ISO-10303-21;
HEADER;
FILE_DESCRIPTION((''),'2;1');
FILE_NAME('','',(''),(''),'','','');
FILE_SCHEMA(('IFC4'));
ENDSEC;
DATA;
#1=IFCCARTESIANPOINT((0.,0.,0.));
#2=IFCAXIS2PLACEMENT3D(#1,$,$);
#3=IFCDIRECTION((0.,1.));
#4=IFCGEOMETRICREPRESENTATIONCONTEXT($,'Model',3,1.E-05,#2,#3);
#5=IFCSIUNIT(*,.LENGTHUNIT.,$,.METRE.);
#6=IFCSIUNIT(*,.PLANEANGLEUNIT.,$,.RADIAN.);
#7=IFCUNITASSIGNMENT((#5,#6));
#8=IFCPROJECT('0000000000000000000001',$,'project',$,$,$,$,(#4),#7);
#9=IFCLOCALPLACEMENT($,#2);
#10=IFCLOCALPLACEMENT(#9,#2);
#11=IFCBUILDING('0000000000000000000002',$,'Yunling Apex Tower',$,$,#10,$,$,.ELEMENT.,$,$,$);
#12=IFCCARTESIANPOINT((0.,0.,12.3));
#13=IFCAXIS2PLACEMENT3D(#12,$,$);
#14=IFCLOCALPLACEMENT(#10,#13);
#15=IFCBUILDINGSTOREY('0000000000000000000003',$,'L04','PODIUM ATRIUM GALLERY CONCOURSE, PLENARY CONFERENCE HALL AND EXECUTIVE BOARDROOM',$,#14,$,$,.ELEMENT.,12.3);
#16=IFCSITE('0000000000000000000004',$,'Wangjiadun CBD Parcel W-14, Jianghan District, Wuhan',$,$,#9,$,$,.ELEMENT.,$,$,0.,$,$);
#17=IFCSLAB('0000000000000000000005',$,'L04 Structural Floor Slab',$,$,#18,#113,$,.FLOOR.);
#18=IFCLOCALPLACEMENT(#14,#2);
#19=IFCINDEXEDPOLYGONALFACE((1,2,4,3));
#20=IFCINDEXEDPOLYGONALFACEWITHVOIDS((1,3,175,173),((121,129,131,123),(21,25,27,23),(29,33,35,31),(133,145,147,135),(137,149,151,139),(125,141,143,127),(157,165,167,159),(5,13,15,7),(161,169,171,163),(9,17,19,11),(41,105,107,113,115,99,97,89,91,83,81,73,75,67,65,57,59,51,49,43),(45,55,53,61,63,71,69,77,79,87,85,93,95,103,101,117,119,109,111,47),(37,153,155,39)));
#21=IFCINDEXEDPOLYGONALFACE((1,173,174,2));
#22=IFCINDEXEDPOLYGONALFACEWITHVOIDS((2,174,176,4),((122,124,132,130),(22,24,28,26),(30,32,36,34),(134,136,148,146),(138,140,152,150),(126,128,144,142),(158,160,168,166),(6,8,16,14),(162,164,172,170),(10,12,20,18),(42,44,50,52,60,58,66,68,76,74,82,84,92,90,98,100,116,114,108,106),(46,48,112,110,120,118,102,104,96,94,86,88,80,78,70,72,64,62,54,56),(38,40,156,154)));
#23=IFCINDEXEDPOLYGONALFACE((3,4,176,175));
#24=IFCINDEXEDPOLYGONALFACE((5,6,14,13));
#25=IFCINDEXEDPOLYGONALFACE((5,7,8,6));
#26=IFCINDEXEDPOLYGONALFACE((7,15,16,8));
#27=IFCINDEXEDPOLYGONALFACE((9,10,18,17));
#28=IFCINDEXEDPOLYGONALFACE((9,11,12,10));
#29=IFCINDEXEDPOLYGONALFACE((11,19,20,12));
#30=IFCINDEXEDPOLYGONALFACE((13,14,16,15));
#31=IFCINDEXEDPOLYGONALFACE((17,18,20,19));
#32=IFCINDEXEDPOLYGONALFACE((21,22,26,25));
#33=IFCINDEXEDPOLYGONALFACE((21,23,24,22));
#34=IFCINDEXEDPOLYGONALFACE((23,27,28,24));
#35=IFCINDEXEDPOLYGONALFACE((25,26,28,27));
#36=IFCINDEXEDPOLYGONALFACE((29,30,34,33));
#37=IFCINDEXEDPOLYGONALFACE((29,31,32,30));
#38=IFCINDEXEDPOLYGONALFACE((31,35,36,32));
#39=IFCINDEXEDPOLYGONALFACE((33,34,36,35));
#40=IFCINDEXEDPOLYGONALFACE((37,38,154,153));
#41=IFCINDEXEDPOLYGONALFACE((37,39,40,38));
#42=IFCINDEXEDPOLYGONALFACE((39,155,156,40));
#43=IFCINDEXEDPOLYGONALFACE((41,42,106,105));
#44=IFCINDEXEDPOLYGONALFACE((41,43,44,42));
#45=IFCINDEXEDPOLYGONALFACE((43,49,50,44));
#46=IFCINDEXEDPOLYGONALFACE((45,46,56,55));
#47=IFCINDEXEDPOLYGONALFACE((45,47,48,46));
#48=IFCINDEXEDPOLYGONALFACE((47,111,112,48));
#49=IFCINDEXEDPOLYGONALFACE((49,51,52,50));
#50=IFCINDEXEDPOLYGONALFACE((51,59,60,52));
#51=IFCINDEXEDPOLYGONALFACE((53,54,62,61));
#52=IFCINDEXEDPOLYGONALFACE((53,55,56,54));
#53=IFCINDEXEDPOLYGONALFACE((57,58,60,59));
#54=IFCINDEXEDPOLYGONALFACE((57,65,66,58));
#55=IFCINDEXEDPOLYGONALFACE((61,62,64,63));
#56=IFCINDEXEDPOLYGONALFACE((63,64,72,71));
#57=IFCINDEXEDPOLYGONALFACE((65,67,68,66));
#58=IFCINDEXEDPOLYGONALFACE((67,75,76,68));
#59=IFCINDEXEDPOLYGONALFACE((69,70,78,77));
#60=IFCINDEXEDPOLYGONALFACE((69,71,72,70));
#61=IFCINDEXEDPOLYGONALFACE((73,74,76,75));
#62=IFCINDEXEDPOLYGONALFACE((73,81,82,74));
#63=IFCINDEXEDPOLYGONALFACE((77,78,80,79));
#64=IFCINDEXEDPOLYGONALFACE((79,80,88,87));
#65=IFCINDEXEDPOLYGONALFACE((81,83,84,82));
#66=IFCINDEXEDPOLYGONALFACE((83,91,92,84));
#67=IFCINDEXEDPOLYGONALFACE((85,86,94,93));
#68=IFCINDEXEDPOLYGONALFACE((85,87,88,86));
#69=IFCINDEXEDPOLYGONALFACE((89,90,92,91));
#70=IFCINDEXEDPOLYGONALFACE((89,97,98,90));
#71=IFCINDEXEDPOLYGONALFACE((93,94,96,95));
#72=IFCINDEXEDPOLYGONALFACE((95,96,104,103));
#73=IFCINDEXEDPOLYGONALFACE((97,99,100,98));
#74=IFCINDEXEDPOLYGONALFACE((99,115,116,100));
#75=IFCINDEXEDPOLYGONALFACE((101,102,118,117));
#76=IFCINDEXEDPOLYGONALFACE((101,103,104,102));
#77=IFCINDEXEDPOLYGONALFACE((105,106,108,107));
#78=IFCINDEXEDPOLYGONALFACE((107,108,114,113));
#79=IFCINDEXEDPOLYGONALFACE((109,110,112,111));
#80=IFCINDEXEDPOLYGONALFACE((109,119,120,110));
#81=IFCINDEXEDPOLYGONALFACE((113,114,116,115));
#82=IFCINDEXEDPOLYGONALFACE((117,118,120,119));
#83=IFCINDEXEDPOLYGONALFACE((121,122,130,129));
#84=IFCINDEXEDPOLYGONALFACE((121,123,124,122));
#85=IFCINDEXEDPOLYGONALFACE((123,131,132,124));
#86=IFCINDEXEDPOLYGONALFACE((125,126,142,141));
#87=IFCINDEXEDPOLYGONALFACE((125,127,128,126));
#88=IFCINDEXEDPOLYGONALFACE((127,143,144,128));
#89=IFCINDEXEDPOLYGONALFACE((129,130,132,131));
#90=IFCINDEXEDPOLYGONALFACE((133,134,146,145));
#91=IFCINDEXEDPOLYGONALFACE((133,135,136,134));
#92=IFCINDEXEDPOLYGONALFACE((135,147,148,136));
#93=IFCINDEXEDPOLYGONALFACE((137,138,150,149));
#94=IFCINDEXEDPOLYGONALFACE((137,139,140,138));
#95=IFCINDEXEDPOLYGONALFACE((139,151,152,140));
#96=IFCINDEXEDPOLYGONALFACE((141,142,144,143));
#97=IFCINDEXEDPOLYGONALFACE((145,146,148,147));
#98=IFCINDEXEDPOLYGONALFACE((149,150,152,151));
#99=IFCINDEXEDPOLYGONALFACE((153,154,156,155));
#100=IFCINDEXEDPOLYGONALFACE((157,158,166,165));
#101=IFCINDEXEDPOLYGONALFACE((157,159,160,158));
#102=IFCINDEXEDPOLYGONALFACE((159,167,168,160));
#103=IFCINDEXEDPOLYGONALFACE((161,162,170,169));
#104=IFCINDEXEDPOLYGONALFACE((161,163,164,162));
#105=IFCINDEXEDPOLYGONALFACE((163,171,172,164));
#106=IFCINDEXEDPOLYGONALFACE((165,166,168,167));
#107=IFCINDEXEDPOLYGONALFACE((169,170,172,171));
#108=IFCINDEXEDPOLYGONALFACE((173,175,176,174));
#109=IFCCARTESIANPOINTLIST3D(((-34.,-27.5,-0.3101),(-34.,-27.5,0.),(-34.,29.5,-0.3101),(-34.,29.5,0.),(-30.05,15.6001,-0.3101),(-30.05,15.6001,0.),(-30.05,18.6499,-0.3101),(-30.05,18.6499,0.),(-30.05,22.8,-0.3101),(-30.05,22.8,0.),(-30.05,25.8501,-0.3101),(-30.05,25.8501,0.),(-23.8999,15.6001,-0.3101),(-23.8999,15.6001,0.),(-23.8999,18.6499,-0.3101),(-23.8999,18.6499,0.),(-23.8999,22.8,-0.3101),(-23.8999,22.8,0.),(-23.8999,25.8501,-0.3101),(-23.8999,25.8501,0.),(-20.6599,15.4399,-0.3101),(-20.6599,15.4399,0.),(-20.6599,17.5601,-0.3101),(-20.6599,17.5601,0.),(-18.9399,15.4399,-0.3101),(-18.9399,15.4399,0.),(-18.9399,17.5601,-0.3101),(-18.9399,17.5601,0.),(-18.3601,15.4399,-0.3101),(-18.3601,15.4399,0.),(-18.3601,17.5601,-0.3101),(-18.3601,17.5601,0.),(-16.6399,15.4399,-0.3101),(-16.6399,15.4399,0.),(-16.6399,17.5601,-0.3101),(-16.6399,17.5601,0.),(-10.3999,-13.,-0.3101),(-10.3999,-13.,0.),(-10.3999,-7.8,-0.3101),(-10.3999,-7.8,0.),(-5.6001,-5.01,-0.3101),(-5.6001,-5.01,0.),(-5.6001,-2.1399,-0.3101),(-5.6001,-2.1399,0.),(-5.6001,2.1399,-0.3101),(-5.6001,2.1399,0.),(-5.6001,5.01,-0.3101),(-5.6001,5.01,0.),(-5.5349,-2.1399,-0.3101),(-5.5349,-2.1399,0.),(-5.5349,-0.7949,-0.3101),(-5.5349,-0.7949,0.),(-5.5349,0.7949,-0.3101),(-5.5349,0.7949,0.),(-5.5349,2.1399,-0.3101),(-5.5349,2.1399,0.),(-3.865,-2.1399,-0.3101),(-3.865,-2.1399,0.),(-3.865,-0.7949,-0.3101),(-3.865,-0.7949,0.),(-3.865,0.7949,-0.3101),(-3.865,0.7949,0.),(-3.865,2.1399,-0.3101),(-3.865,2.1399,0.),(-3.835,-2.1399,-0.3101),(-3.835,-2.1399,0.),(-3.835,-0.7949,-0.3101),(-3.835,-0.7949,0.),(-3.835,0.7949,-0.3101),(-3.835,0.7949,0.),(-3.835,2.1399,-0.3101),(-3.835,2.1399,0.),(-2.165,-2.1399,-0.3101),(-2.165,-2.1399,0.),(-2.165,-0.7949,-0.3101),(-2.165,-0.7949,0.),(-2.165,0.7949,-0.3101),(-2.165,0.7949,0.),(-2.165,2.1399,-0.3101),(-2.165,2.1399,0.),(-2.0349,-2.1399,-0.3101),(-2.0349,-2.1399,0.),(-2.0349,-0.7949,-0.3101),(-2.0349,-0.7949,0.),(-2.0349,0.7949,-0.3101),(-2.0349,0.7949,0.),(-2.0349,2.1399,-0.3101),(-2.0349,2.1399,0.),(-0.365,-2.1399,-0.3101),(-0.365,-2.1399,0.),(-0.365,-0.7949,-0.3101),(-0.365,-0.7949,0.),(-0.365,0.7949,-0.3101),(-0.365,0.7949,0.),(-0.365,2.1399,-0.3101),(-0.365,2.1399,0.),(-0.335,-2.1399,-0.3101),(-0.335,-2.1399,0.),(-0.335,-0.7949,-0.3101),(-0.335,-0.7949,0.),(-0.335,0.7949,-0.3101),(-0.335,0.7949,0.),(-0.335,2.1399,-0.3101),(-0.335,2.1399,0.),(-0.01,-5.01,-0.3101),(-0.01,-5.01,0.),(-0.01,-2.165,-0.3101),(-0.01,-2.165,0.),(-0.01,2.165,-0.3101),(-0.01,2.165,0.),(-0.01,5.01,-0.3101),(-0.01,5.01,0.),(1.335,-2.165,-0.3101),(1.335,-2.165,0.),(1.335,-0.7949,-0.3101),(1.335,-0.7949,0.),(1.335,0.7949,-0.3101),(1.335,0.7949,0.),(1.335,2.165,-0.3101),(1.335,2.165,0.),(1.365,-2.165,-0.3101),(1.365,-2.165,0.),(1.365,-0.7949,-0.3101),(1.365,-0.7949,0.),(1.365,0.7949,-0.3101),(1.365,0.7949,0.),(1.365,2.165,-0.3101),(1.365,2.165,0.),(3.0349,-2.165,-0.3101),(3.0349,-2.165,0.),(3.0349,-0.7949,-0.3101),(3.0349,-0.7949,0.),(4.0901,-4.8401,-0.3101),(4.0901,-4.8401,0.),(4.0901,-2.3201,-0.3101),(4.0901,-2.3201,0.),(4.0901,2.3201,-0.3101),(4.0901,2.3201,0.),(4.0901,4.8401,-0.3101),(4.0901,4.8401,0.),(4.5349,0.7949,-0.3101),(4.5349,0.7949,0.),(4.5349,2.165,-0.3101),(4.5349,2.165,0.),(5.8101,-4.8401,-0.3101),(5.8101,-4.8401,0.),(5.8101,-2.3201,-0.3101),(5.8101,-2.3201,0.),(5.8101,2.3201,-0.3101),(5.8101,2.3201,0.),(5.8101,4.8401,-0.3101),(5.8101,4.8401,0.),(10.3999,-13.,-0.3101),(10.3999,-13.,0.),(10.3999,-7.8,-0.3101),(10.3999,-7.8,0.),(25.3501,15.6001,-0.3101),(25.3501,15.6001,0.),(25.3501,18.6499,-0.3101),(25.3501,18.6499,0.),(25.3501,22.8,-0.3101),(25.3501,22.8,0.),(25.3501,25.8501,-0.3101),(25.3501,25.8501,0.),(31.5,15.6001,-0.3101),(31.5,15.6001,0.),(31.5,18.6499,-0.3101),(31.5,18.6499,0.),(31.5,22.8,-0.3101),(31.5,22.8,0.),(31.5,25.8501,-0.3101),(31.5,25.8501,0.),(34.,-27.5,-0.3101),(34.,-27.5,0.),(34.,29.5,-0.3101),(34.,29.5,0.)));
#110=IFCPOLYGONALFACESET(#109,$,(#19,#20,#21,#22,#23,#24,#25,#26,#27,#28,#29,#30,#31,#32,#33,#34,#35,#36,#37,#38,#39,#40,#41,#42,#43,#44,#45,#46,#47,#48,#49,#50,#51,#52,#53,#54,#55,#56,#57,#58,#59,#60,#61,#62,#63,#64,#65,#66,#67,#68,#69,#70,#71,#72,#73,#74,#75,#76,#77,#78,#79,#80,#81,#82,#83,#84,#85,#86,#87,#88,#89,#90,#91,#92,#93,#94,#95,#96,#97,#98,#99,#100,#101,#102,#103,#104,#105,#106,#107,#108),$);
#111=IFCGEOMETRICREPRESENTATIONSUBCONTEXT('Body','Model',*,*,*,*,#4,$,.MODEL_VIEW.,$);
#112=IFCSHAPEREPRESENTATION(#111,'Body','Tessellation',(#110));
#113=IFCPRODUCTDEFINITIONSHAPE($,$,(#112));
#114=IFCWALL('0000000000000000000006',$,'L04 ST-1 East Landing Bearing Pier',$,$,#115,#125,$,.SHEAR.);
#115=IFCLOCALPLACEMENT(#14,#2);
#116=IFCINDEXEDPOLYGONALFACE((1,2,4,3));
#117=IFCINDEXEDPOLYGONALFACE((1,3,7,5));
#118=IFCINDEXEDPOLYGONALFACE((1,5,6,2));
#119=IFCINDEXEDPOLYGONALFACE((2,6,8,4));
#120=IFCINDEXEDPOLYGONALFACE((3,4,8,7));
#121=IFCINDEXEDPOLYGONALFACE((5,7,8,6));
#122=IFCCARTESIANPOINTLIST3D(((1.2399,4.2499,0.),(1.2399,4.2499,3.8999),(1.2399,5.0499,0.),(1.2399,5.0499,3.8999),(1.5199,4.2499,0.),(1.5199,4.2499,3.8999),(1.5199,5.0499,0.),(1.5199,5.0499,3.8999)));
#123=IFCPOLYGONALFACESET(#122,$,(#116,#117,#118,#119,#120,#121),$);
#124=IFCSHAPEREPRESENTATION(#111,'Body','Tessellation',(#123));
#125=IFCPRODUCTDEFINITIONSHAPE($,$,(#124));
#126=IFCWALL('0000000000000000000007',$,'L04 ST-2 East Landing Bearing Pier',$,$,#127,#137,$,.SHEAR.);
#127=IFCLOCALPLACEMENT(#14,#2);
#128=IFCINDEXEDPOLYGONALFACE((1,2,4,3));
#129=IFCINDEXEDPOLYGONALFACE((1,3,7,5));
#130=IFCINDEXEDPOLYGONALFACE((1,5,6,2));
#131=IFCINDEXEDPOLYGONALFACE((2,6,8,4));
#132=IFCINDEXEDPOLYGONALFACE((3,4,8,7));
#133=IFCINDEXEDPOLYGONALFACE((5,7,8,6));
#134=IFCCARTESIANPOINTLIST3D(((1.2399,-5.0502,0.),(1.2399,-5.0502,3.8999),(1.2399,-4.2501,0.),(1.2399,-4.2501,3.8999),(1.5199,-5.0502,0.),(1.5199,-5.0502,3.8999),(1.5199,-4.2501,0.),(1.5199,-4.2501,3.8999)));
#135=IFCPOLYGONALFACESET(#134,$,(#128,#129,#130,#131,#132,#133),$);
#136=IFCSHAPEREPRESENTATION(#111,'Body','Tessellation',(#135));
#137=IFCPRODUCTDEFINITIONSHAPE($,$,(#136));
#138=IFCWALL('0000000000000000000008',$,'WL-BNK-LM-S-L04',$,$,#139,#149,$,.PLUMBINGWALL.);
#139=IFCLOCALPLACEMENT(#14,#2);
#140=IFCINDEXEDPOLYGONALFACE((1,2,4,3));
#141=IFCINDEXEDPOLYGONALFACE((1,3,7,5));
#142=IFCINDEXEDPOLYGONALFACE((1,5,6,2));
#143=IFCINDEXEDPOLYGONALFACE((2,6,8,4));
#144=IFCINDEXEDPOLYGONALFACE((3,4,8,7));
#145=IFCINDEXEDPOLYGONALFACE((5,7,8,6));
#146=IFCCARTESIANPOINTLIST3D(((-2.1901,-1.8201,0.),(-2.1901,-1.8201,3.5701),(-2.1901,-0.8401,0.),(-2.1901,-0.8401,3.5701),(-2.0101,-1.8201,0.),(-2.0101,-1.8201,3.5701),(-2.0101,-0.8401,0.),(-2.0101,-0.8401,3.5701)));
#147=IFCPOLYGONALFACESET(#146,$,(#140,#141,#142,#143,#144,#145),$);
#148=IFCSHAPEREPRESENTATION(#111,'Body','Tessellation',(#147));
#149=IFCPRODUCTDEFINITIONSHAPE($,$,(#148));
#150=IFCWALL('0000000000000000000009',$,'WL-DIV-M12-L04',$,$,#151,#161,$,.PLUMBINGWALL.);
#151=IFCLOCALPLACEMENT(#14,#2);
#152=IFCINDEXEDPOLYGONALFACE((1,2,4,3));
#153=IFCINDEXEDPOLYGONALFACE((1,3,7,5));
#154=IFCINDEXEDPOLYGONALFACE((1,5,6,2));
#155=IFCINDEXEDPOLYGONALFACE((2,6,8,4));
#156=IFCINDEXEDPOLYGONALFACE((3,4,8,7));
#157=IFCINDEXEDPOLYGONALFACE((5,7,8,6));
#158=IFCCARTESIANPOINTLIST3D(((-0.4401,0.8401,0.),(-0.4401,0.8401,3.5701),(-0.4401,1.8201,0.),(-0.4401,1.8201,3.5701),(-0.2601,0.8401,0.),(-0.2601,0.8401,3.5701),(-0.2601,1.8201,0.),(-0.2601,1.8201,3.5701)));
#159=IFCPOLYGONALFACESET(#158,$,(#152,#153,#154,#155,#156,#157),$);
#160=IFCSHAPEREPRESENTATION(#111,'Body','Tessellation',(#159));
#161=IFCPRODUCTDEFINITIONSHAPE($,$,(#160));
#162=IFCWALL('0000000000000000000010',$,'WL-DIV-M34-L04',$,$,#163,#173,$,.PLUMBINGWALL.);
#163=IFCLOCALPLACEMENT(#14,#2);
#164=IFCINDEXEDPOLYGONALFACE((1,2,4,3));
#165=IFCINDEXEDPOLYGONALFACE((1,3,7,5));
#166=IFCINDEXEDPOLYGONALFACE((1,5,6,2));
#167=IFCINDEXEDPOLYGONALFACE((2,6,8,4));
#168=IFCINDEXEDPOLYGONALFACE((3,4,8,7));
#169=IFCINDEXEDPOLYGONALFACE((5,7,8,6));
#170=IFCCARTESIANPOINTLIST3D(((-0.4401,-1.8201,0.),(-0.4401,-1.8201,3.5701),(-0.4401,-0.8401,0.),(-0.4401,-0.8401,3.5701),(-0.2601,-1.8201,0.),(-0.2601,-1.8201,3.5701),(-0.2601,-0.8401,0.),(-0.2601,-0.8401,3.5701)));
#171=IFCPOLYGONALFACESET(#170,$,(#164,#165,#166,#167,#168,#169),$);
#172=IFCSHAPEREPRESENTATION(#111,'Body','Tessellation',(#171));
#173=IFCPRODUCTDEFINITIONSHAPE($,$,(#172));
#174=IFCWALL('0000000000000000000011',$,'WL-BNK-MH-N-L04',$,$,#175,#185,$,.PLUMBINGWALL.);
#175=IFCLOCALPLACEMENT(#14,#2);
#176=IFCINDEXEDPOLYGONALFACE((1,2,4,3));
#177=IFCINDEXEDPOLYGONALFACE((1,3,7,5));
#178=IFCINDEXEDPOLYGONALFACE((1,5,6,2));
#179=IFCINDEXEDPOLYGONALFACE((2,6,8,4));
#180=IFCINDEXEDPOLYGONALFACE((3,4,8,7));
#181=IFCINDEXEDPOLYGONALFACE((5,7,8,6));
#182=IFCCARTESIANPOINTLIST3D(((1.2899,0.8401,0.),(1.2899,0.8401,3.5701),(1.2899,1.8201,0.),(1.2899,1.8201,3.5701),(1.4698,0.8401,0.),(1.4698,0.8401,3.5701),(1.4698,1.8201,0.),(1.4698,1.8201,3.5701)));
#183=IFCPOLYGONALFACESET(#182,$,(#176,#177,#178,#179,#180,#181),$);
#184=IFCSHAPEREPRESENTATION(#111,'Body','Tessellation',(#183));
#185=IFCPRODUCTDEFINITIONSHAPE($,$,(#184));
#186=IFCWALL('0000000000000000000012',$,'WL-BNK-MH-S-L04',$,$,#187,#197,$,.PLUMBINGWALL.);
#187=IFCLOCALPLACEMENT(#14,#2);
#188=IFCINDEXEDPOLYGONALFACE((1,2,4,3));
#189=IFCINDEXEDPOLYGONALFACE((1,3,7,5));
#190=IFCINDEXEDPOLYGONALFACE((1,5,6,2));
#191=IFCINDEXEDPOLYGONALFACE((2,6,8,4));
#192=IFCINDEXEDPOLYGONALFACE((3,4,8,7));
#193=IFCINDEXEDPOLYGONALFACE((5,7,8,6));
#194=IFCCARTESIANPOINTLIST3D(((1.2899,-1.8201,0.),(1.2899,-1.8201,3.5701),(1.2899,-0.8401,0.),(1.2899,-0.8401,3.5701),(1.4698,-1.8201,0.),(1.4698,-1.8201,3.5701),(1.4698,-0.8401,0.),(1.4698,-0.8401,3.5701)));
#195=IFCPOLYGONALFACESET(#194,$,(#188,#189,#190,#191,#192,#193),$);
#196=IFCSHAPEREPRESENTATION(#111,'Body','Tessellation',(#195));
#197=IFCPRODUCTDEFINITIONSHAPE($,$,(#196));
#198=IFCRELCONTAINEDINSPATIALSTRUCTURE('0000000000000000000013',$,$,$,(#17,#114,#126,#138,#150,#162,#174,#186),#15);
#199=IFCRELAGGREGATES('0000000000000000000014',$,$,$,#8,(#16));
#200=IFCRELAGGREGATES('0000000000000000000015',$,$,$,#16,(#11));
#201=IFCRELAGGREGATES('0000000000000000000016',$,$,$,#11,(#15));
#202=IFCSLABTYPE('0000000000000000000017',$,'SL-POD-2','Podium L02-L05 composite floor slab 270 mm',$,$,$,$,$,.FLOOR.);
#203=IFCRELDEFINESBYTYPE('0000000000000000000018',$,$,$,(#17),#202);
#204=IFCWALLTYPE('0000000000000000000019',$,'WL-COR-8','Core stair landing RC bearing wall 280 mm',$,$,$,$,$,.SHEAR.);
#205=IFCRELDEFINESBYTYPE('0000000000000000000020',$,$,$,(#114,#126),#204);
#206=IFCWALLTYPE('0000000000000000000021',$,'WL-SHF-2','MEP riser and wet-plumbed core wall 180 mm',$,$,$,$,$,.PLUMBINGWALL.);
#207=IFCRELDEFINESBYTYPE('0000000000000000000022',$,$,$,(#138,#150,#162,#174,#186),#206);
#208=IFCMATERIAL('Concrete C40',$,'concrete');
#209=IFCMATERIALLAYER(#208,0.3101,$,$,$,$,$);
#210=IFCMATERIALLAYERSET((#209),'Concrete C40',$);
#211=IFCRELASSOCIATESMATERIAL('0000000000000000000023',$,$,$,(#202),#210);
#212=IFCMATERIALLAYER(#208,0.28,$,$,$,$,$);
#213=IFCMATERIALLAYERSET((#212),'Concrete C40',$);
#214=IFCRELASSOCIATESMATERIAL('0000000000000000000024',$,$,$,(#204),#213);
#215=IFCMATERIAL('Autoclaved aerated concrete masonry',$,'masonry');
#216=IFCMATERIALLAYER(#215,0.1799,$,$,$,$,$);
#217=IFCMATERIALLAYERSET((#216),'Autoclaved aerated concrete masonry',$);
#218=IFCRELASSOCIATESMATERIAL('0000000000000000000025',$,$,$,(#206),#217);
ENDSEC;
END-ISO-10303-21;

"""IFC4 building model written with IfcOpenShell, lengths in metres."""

from ifc_helpers import new_model, si_unit, direction, frame, frame_2d, origin, place, context, subcontext, project, spatial, polyline, rectangle, outline, extrude, material, layer, layer_set, type_object, element, save


model = new_model("IFC4")

# Units and contexts
model_context = context("Model", 3, precision=1e-05, world=origin(), true_north=direction((0.0, 1.0)))
body_context = subcontext(model_context, "Body", "Model", "MODEL_VIEW")
ifc_project = project(units=[si_unit("LENGTHUNIT", "METRE"), si_unit("PLANEANGLEUNIT", "RADIAN")], contexts=[model_context])

# Site, building, storey
site_placement = place(None, origin())
site = spatial("IfcSite", under=ifc_project, at=site_placement, Name="Wangjiadun CBD Parcel W-14, Jianghan District, Wuhan", CompositionType="ELEMENT", RefElevation=0.0)
building_placement = place(site_placement, origin())
building = spatial("IfcBuilding", under=site, at=building_placement, Name="Yunling Apex Tower", CompositionType="ELEMENT")
storey_placement = place(building_placement, frame((0.0, 0.0, 12.3)))
storey = spatial("IfcBuildingStorey", under=building, at=storey_placement, Name="L04", Description="PODIUM ATRIUM GALLERY CONCOURSE, PLENARY CONFERENCE HALL AND EXECUTIVE BOARDROOM", CompositionType="ELEMENT", Elevation=12.3)

# Shared definitions
ifc_material_1 = material(Name="Concrete C40", Category="concrete")

# Slab
ifc_layer_1 = layer(ifc_material_1, 0.3101)
ifc_layer_set_1 = layer_set([ifc_layer_1], Name="Concrete C40")
slab_type_1 = type_object("IfcSlabType", Name="SL-POD-2", Description="Podium L02-L05 composite floor slab 270 mm", PredefinedType="FLOOR", material=ifc_layer_set_1)
slab_1_placement = place(storey_placement, frame((0.0, 0.0, -0.3101)))
element("IfcSlab", 1, at=slab_1_placement, inside=storey, type_object=slab_type_1, Name="L04 Structural Floor Slab", PredefinedType="FLOOR", context=body_context, shape_type="SweptSolid", body=[
    extrude(outline(polyline([(-34.0, -27.5), (34.0, -27.5), (34.0, 29.5), (-34.0, 29.5), (-34.0, -27.5)]), holes=[polyline([(31.5, 15.6001), (25.3501, 15.6001), (25.3501, 18.6499), (31.5, 18.6499), (31.5, 15.6001)]), polyline([(31.5, 22.8), (25.3501, 22.8), (25.3501, 25.8501), (31.5, 25.8501), (31.5, 22.8)]), polyline([(10.3999, -7.8), (10.3999, -13.0), (-10.3999, -13.0), (-10.3999, -7.8), (10.3999, -7.8)]), polyline([(5.8101, -2.3201), (5.8101, -4.8401), (4.0901, -4.8401), (4.0901, -2.3201), (5.8101, -2.3201)]), polyline([(5.8101, 4.8401), (5.8101, 2.3201), (4.0901, 2.3201), (4.0901, 4.8401), (5.8101, 4.8401)]), polyline([(4.5349, 0.7949), (1.365, 0.7949), (1.365, 2.165), (4.5349, 2.165), (4.5349, 0.7949)]), polyline([(3.0349, -2.165), (1.365, -2.165), (1.365, -0.7949), (3.0349, -0.7949), (3.0349, -2.165)]), polyline([(-5.6001, 5.01), (-0.01, 5.01), (-0.01, 2.165), (1.335, 2.165), (1.335, 0.7949), (-0.335, 0.7949), (-0.335, 2.1399), (-0.365, 2.1399), (-0.365, 0.7949), (-2.0349, 0.7949), (-2.0349, 2.1399), (-2.165, 2.1399), (-2.165, 0.7949), (-3.835, 0.7949), (-3.835, 2.1399), (-3.865, 2.1399), (-3.865, 0.7949), (-5.5349, 0.7949), (-5.5349, 2.1399), (-5.6001, 2.1399), (-5.6001, 5.01)]), polyline([(-3.865, -0.7949), (-3.865, -2.1399), (-3.835, -2.1399), (-3.835, -0.7949), (-2.165, -0.7949), (-2.165, -2.1399), (-2.0349, -2.1399), (-2.0349, -0.7949), (-0.365, -0.7949), (-0.365, -2.1399), (-0.335, -2.1399), (-0.335, -0.7949), (1.335, -0.7949), (1.335, -2.165), (-0.01, -2.165), (-0.01, -5.01), (-5.6001, -5.01), (-5.6001, -2.1399), (-5.5349, -2.1399), (-5.5349, -0.7949), (-3.865, -0.7949)]), polyline([(-16.6399, 17.5601), (-16.6399, 15.4399), (-18.3601, 15.4399), (-18.3601, 17.5601), (-16.6399, 17.5601)]), polyline([(-18.9399, 15.4399), (-20.6599, 15.4399), (-20.6599, 17.5601), (-18.9399, 17.5601), (-18.9399, 15.4399)]), polyline([(-23.8999, 15.6001), (-30.05, 15.6001), (-30.05, 18.6499), (-23.8999, 18.6499), (-23.8999, 15.6001)]), polyline([(-23.8999, 22.8), (-30.05, 22.8), (-30.05, 25.8501), (-23.8999, 25.8501), (-23.8999, 22.8)])]), origin(), (0.0, 0.0, 1.0), 0.3101),
])

# Walls
ifc_layer_2 = layer(ifc_material_1, 0.28)
ifc_layer_set_2 = layer_set([ifc_layer_2], Name="Concrete C40")
wall_type_1 = type_object("IfcWallType", Name="WL-COR-8", Description="Core stair landing RC bearing wall 280 mm", PredefinedType="SHEAR", material=ifc_layer_set_2)
for number, where, z_axis, x_axis, name in (
    (2, (1.3799, 4.25, 0.0), (0.0, 0.0, 1.0), (0.0, 1.0, 0.0), "L04 ST-1 East Landing Bearing Pier"),
    (3, (1.3799, -5.05, 0.0), (0.0, 0.0, 1.0), (0.0, 1.0, 0.0), "L04 ST-2 East Landing Bearing Pier"),
):
    element("IfcWall", number, at=place(storey_placement, frame(where, z_axis=z_axis, x_axis=x_axis)), inside=storey, type_object=wall_type_1, Name=name, PredefinedType="SHEAR", context=body_context, shape_type="SweptSolid", body=[
        extrude(rectangle(XDim=0.8, YDim=0.28, at=frame_2d((0.3999, 0.0))), origin(), (0.0, 0.0, 1.0), 3.8999),
    ])

# Shared definitions
ifc_material_2 = material(Name="Autoclaved aerated concrete masonry", Category="masonry")

# Walls
ifc_layer_3 = layer(ifc_material_2, 0.1799)
ifc_layer_set_3 = layer_set([ifc_layer_3], Name="Autoclaved aerated concrete masonry")
wall_type_2 = type_object("IfcWallType", Name="WL-SHF-2", Description="MEP riser and wet-plumbed core wall 180 mm", PredefinedType="PLUMBINGWALL", material=ifc_layer_set_3)
for number, where, z_axis, x_axis, name in (
    (4, (-2.1001, -1.8201, 0.0), (0.0, 0.0, 1.0), (0.0, 1.0, 0.0), "WL-BNK-LM-S-L04"),
    (5, (-0.3501, 0.8401, 0.0), (0.0, 0.0, 1.0), (0.0, 1.0, 0.0), "WL-DIV-M12-L04"),
    (6, (-0.3501, -1.8201, 0.0), (0.0, 0.0, 1.0), (0.0, 1.0, 0.0), "WL-DIV-M34-L04"),
    (7, (1.3799, 0.8401, 0.0), (0.0, 0.0, 1.0), (0.0, 1.0, 0.0), "WL-BNK-MH-N-L04"),
    (8, (1.3799, -1.8201, 0.0), (0.0, 0.0, 1.0), (0.0, 1.0, 0.0), "WL-BNK-MH-S-L04"),
):
    element("IfcWall", number, at=place(storey_placement, frame(where, z_axis=z_axis, x_axis=x_axis)), inside=storey, type_object=wall_type_2, Name=name, PredefinedType="PLUMBINGWALL", context=body_context, shape_type="SweptSolid", body=[
        extrude(rectangle(XDim=0.98, YDim=0.1799, at=frame_2d((0.49, 0.0))), origin(), (0.0, 0.0, 1.0), 3.5701),
    ])

save(model, "model.ifc")
